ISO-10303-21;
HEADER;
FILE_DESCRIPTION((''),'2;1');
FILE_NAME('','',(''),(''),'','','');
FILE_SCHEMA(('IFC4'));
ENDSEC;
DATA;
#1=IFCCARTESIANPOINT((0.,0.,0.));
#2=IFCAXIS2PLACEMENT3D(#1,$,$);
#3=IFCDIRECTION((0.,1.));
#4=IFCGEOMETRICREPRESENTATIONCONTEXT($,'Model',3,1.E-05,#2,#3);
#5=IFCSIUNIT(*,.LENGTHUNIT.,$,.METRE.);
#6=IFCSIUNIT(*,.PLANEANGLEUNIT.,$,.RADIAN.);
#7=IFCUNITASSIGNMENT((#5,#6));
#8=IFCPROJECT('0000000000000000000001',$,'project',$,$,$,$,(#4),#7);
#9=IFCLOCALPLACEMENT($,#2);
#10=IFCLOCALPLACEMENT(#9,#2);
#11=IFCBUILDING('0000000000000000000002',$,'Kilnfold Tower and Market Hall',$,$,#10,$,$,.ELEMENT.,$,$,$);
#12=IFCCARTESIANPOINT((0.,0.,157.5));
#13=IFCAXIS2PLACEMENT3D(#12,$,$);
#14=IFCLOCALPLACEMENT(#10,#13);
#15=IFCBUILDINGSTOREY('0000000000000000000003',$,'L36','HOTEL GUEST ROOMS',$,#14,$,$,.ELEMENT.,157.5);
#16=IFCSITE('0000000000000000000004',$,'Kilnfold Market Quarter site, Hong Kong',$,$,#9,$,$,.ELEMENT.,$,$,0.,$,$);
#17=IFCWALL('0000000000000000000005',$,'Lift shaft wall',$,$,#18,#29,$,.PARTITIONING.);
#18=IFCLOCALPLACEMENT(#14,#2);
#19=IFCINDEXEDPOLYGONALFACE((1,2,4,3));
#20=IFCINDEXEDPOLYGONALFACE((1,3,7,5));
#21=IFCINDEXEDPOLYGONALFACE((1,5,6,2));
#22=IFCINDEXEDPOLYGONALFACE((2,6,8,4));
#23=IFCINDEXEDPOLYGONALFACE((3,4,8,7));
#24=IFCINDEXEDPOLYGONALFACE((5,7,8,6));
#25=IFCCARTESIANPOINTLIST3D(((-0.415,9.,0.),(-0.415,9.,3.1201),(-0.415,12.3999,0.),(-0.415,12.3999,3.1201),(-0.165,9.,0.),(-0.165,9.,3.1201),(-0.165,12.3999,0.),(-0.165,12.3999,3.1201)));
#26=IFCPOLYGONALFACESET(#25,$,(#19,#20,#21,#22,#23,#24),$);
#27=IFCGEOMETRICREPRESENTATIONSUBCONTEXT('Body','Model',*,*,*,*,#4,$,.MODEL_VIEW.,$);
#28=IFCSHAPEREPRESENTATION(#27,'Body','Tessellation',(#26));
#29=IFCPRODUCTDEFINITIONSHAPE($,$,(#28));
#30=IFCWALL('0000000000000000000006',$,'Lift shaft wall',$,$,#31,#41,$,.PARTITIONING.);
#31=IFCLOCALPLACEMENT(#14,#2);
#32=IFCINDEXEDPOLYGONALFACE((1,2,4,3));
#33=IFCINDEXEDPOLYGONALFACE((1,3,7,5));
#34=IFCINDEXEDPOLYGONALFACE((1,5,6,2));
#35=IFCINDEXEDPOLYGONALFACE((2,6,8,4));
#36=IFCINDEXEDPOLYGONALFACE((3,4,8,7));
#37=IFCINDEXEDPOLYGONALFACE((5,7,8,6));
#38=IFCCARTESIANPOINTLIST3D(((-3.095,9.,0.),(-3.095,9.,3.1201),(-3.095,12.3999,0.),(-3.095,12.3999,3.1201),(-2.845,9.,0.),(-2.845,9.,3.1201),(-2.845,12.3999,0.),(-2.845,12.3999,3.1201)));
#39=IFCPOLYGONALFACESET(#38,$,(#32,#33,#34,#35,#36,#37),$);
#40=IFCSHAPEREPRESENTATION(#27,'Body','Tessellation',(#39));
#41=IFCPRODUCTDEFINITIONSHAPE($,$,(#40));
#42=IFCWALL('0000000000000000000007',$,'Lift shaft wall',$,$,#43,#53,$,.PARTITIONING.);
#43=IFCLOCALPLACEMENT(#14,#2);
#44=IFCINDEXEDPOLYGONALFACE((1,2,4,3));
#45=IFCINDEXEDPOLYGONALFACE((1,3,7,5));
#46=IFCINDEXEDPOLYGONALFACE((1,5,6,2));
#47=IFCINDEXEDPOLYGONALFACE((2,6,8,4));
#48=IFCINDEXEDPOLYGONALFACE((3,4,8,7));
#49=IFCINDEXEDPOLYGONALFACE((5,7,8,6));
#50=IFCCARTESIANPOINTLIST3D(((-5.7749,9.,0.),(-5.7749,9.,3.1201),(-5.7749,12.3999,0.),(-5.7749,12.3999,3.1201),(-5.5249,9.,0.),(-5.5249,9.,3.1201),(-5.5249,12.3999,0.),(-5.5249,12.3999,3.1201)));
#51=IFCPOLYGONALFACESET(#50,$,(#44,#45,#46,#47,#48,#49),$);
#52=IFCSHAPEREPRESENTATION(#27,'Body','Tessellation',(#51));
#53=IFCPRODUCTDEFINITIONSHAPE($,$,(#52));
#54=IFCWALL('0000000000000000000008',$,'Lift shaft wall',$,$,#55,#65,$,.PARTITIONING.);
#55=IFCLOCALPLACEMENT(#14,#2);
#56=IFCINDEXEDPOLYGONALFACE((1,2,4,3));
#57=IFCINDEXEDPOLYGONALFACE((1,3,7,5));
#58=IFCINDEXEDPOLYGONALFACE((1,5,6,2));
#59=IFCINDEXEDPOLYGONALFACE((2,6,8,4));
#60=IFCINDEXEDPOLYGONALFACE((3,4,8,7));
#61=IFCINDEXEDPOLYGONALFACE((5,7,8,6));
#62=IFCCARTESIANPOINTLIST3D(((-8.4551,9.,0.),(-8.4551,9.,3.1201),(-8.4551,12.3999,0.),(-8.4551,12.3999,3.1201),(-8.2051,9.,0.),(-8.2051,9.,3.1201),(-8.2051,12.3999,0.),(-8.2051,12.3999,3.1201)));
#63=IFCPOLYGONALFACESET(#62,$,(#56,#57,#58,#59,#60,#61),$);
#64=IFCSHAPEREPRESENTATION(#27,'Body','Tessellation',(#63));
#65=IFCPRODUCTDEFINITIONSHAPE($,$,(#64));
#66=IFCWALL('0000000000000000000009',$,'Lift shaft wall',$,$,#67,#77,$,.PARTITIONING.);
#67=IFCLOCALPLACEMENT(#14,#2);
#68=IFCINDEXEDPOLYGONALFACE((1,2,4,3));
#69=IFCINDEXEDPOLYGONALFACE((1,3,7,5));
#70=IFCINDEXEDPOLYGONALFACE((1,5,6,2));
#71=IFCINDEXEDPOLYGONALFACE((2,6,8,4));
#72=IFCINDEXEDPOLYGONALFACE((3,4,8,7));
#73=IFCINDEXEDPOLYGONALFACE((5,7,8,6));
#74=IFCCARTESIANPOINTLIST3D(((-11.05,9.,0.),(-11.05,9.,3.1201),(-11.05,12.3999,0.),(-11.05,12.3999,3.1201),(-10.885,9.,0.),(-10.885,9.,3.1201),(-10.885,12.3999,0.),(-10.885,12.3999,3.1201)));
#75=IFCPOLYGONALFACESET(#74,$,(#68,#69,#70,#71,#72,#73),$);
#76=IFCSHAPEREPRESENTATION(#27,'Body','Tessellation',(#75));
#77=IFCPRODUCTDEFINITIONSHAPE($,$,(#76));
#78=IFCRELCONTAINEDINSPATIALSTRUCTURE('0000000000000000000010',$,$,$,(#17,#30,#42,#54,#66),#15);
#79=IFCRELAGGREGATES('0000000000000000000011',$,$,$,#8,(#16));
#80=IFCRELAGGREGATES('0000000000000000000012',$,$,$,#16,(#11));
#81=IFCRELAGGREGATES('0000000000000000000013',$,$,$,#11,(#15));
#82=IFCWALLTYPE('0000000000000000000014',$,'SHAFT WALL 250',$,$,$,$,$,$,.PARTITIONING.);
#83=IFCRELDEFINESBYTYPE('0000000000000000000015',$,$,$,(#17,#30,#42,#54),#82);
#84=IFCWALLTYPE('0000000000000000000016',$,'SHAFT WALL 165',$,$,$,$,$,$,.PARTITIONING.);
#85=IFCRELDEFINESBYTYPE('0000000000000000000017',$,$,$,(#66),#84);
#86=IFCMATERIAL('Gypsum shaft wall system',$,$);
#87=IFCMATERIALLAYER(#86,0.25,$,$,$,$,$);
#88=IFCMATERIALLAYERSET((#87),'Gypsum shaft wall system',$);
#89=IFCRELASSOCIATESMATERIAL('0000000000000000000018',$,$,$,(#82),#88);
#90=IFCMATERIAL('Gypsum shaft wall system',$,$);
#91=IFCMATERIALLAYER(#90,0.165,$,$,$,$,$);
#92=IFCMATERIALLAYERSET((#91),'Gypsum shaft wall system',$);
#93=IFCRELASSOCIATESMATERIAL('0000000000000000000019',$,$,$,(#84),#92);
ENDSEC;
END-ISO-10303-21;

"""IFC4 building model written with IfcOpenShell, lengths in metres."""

from ifc_helpers import new_model, si_unit, direction, frame, frame_2d, origin, place, context, subcontext, project, spatial, rectangle, extrude, source, transform, mapped, material, layer, layer_set, type_object, element, save


model = new_model("IFC4")

# Units and contexts
model_context = context("Model", 3, precision=1e-05, world=origin(), true_north=direction((0.0, 1.0)))
body_context = subcontext(model_context, "Body", "Model", "MODEL_VIEW")
ifc_project = project(units=[si_unit("LENGTHUNIT", "METRE"), si_unit("PLANEANGLEUNIT", "RADIAN")], contexts=[model_context])

# Site, building, storey
site_placement = place(None, origin())
site = spatial("IfcSite", under=ifc_project, at=site_placement, Name="Kilnfold Market Quarter site, Hong Kong", CompositionType="ELEMENT", RefElevation=0.0)
building_placement = place(site_placement, origin())
building = spatial("IfcBuilding", under=site, at=building_placement, Name="Kilnfold Tower and Market Hall", CompositionType="ELEMENT")
storey_placement = place(building_placement, frame((0.0, 0.0, 157.5)))
storey = spatial("IfcBuildingStorey", under=building, at=storey_placement, Name="L36", Description="HOTEL GUEST ROOMS", CompositionType="ELEMENT", Elevation=157.5)

# Walls
ifc_material_1 = material(Name="Gypsum shaft wall system")
ifc_layer_1 = layer(ifc_material_1, 0.25)
ifc_layer_set_1 = layer_set([ifc_layer_1], Name="Gypsum shaft wall system")
wall_type_1 = type_object("IfcWallType", Name="SHAFT WALL 250", PredefinedType="PARTITIONING", material=ifc_layer_set_1)
shared_shape_1 = source(origin(), body_context, "Body", "SweptSolid", [
    extrude(rectangle(XDim=3.3999, YDim=0.25, at=frame_2d((1.7, 0.0))), origin(), (0.0, 0.0, 1.0), 3.1201),
])
for number, where, z_axis, x_axis, name in (
    (1, (-0.29, 9.0, 0.0), (0.0, 0.0, 1.0), (0.0, 1.0, 0.0), "Lift shaft wall"),
    (2, (-2.97, 9.0, 0.0), (0.0, 0.0, 1.0), (0.0, 1.0, 0.0), "Lift shaft wall"),
    (3, (-5.6499, 9.0, 0.0), (0.0, 0.0, 1.0), (0.0, 1.0, 0.0), "Lift shaft wall"),
    (4, (-8.3301, 9.0, 0.0), (0.0, 0.0, 1.0), (0.0, 1.0, 0.0), "Lift shaft wall"),
):
    element("IfcWall", number, at=place(storey_placement, frame(where, z_axis=z_axis, x_axis=x_axis)), inside=storey, type_object=wall_type_1, Name=name, PredefinedType="PARTITIONING", context=body_context, shape_type="MappedRepresentation", body=[
        mapped(shared_shape_1, transform((0.0, 0.0, 0.0))),
    ])
ifc_material_2 = material(Name="Gypsum shaft wall system")
ifc_layer_2 = layer(ifc_material_2, 0.165)
ifc_layer_set_2 = layer_set([ifc_layer_2], Name="Gypsum shaft wall system")
wall_type_2 = type_object("IfcWallType", Name="SHAFT WALL 165", PredefinedType="PARTITIONING", material=ifc_layer_set_2)
shared_shape_2 = source(origin(), body_context, "Body", "SweptSolid", [
    extrude(rectangle(XDim=3.3999, YDim=0.165, at=frame_2d((1.7, 0.0))), origin(), (0.0, 0.0, 1.0), 3.1201),
])
wall_1_placement = place(storey_placement, frame((-10.9675, 9.0, 0.0), z_axis=(0.0, 0.0, 1.0), x_axis=(0.0, 1.0, 0.0)))
element("IfcWall", 5, at=wall_1_placement, inside=storey, type_object=wall_type_2, Name="Lift shaft wall", PredefinedType="PARTITIONING", context=body_context, shape_type="MappedRepresentation", body=[
    mapped(shared_shape_2, transform((0.0, 0.0, 0.0))),
])

save(model, "model.ifc")
